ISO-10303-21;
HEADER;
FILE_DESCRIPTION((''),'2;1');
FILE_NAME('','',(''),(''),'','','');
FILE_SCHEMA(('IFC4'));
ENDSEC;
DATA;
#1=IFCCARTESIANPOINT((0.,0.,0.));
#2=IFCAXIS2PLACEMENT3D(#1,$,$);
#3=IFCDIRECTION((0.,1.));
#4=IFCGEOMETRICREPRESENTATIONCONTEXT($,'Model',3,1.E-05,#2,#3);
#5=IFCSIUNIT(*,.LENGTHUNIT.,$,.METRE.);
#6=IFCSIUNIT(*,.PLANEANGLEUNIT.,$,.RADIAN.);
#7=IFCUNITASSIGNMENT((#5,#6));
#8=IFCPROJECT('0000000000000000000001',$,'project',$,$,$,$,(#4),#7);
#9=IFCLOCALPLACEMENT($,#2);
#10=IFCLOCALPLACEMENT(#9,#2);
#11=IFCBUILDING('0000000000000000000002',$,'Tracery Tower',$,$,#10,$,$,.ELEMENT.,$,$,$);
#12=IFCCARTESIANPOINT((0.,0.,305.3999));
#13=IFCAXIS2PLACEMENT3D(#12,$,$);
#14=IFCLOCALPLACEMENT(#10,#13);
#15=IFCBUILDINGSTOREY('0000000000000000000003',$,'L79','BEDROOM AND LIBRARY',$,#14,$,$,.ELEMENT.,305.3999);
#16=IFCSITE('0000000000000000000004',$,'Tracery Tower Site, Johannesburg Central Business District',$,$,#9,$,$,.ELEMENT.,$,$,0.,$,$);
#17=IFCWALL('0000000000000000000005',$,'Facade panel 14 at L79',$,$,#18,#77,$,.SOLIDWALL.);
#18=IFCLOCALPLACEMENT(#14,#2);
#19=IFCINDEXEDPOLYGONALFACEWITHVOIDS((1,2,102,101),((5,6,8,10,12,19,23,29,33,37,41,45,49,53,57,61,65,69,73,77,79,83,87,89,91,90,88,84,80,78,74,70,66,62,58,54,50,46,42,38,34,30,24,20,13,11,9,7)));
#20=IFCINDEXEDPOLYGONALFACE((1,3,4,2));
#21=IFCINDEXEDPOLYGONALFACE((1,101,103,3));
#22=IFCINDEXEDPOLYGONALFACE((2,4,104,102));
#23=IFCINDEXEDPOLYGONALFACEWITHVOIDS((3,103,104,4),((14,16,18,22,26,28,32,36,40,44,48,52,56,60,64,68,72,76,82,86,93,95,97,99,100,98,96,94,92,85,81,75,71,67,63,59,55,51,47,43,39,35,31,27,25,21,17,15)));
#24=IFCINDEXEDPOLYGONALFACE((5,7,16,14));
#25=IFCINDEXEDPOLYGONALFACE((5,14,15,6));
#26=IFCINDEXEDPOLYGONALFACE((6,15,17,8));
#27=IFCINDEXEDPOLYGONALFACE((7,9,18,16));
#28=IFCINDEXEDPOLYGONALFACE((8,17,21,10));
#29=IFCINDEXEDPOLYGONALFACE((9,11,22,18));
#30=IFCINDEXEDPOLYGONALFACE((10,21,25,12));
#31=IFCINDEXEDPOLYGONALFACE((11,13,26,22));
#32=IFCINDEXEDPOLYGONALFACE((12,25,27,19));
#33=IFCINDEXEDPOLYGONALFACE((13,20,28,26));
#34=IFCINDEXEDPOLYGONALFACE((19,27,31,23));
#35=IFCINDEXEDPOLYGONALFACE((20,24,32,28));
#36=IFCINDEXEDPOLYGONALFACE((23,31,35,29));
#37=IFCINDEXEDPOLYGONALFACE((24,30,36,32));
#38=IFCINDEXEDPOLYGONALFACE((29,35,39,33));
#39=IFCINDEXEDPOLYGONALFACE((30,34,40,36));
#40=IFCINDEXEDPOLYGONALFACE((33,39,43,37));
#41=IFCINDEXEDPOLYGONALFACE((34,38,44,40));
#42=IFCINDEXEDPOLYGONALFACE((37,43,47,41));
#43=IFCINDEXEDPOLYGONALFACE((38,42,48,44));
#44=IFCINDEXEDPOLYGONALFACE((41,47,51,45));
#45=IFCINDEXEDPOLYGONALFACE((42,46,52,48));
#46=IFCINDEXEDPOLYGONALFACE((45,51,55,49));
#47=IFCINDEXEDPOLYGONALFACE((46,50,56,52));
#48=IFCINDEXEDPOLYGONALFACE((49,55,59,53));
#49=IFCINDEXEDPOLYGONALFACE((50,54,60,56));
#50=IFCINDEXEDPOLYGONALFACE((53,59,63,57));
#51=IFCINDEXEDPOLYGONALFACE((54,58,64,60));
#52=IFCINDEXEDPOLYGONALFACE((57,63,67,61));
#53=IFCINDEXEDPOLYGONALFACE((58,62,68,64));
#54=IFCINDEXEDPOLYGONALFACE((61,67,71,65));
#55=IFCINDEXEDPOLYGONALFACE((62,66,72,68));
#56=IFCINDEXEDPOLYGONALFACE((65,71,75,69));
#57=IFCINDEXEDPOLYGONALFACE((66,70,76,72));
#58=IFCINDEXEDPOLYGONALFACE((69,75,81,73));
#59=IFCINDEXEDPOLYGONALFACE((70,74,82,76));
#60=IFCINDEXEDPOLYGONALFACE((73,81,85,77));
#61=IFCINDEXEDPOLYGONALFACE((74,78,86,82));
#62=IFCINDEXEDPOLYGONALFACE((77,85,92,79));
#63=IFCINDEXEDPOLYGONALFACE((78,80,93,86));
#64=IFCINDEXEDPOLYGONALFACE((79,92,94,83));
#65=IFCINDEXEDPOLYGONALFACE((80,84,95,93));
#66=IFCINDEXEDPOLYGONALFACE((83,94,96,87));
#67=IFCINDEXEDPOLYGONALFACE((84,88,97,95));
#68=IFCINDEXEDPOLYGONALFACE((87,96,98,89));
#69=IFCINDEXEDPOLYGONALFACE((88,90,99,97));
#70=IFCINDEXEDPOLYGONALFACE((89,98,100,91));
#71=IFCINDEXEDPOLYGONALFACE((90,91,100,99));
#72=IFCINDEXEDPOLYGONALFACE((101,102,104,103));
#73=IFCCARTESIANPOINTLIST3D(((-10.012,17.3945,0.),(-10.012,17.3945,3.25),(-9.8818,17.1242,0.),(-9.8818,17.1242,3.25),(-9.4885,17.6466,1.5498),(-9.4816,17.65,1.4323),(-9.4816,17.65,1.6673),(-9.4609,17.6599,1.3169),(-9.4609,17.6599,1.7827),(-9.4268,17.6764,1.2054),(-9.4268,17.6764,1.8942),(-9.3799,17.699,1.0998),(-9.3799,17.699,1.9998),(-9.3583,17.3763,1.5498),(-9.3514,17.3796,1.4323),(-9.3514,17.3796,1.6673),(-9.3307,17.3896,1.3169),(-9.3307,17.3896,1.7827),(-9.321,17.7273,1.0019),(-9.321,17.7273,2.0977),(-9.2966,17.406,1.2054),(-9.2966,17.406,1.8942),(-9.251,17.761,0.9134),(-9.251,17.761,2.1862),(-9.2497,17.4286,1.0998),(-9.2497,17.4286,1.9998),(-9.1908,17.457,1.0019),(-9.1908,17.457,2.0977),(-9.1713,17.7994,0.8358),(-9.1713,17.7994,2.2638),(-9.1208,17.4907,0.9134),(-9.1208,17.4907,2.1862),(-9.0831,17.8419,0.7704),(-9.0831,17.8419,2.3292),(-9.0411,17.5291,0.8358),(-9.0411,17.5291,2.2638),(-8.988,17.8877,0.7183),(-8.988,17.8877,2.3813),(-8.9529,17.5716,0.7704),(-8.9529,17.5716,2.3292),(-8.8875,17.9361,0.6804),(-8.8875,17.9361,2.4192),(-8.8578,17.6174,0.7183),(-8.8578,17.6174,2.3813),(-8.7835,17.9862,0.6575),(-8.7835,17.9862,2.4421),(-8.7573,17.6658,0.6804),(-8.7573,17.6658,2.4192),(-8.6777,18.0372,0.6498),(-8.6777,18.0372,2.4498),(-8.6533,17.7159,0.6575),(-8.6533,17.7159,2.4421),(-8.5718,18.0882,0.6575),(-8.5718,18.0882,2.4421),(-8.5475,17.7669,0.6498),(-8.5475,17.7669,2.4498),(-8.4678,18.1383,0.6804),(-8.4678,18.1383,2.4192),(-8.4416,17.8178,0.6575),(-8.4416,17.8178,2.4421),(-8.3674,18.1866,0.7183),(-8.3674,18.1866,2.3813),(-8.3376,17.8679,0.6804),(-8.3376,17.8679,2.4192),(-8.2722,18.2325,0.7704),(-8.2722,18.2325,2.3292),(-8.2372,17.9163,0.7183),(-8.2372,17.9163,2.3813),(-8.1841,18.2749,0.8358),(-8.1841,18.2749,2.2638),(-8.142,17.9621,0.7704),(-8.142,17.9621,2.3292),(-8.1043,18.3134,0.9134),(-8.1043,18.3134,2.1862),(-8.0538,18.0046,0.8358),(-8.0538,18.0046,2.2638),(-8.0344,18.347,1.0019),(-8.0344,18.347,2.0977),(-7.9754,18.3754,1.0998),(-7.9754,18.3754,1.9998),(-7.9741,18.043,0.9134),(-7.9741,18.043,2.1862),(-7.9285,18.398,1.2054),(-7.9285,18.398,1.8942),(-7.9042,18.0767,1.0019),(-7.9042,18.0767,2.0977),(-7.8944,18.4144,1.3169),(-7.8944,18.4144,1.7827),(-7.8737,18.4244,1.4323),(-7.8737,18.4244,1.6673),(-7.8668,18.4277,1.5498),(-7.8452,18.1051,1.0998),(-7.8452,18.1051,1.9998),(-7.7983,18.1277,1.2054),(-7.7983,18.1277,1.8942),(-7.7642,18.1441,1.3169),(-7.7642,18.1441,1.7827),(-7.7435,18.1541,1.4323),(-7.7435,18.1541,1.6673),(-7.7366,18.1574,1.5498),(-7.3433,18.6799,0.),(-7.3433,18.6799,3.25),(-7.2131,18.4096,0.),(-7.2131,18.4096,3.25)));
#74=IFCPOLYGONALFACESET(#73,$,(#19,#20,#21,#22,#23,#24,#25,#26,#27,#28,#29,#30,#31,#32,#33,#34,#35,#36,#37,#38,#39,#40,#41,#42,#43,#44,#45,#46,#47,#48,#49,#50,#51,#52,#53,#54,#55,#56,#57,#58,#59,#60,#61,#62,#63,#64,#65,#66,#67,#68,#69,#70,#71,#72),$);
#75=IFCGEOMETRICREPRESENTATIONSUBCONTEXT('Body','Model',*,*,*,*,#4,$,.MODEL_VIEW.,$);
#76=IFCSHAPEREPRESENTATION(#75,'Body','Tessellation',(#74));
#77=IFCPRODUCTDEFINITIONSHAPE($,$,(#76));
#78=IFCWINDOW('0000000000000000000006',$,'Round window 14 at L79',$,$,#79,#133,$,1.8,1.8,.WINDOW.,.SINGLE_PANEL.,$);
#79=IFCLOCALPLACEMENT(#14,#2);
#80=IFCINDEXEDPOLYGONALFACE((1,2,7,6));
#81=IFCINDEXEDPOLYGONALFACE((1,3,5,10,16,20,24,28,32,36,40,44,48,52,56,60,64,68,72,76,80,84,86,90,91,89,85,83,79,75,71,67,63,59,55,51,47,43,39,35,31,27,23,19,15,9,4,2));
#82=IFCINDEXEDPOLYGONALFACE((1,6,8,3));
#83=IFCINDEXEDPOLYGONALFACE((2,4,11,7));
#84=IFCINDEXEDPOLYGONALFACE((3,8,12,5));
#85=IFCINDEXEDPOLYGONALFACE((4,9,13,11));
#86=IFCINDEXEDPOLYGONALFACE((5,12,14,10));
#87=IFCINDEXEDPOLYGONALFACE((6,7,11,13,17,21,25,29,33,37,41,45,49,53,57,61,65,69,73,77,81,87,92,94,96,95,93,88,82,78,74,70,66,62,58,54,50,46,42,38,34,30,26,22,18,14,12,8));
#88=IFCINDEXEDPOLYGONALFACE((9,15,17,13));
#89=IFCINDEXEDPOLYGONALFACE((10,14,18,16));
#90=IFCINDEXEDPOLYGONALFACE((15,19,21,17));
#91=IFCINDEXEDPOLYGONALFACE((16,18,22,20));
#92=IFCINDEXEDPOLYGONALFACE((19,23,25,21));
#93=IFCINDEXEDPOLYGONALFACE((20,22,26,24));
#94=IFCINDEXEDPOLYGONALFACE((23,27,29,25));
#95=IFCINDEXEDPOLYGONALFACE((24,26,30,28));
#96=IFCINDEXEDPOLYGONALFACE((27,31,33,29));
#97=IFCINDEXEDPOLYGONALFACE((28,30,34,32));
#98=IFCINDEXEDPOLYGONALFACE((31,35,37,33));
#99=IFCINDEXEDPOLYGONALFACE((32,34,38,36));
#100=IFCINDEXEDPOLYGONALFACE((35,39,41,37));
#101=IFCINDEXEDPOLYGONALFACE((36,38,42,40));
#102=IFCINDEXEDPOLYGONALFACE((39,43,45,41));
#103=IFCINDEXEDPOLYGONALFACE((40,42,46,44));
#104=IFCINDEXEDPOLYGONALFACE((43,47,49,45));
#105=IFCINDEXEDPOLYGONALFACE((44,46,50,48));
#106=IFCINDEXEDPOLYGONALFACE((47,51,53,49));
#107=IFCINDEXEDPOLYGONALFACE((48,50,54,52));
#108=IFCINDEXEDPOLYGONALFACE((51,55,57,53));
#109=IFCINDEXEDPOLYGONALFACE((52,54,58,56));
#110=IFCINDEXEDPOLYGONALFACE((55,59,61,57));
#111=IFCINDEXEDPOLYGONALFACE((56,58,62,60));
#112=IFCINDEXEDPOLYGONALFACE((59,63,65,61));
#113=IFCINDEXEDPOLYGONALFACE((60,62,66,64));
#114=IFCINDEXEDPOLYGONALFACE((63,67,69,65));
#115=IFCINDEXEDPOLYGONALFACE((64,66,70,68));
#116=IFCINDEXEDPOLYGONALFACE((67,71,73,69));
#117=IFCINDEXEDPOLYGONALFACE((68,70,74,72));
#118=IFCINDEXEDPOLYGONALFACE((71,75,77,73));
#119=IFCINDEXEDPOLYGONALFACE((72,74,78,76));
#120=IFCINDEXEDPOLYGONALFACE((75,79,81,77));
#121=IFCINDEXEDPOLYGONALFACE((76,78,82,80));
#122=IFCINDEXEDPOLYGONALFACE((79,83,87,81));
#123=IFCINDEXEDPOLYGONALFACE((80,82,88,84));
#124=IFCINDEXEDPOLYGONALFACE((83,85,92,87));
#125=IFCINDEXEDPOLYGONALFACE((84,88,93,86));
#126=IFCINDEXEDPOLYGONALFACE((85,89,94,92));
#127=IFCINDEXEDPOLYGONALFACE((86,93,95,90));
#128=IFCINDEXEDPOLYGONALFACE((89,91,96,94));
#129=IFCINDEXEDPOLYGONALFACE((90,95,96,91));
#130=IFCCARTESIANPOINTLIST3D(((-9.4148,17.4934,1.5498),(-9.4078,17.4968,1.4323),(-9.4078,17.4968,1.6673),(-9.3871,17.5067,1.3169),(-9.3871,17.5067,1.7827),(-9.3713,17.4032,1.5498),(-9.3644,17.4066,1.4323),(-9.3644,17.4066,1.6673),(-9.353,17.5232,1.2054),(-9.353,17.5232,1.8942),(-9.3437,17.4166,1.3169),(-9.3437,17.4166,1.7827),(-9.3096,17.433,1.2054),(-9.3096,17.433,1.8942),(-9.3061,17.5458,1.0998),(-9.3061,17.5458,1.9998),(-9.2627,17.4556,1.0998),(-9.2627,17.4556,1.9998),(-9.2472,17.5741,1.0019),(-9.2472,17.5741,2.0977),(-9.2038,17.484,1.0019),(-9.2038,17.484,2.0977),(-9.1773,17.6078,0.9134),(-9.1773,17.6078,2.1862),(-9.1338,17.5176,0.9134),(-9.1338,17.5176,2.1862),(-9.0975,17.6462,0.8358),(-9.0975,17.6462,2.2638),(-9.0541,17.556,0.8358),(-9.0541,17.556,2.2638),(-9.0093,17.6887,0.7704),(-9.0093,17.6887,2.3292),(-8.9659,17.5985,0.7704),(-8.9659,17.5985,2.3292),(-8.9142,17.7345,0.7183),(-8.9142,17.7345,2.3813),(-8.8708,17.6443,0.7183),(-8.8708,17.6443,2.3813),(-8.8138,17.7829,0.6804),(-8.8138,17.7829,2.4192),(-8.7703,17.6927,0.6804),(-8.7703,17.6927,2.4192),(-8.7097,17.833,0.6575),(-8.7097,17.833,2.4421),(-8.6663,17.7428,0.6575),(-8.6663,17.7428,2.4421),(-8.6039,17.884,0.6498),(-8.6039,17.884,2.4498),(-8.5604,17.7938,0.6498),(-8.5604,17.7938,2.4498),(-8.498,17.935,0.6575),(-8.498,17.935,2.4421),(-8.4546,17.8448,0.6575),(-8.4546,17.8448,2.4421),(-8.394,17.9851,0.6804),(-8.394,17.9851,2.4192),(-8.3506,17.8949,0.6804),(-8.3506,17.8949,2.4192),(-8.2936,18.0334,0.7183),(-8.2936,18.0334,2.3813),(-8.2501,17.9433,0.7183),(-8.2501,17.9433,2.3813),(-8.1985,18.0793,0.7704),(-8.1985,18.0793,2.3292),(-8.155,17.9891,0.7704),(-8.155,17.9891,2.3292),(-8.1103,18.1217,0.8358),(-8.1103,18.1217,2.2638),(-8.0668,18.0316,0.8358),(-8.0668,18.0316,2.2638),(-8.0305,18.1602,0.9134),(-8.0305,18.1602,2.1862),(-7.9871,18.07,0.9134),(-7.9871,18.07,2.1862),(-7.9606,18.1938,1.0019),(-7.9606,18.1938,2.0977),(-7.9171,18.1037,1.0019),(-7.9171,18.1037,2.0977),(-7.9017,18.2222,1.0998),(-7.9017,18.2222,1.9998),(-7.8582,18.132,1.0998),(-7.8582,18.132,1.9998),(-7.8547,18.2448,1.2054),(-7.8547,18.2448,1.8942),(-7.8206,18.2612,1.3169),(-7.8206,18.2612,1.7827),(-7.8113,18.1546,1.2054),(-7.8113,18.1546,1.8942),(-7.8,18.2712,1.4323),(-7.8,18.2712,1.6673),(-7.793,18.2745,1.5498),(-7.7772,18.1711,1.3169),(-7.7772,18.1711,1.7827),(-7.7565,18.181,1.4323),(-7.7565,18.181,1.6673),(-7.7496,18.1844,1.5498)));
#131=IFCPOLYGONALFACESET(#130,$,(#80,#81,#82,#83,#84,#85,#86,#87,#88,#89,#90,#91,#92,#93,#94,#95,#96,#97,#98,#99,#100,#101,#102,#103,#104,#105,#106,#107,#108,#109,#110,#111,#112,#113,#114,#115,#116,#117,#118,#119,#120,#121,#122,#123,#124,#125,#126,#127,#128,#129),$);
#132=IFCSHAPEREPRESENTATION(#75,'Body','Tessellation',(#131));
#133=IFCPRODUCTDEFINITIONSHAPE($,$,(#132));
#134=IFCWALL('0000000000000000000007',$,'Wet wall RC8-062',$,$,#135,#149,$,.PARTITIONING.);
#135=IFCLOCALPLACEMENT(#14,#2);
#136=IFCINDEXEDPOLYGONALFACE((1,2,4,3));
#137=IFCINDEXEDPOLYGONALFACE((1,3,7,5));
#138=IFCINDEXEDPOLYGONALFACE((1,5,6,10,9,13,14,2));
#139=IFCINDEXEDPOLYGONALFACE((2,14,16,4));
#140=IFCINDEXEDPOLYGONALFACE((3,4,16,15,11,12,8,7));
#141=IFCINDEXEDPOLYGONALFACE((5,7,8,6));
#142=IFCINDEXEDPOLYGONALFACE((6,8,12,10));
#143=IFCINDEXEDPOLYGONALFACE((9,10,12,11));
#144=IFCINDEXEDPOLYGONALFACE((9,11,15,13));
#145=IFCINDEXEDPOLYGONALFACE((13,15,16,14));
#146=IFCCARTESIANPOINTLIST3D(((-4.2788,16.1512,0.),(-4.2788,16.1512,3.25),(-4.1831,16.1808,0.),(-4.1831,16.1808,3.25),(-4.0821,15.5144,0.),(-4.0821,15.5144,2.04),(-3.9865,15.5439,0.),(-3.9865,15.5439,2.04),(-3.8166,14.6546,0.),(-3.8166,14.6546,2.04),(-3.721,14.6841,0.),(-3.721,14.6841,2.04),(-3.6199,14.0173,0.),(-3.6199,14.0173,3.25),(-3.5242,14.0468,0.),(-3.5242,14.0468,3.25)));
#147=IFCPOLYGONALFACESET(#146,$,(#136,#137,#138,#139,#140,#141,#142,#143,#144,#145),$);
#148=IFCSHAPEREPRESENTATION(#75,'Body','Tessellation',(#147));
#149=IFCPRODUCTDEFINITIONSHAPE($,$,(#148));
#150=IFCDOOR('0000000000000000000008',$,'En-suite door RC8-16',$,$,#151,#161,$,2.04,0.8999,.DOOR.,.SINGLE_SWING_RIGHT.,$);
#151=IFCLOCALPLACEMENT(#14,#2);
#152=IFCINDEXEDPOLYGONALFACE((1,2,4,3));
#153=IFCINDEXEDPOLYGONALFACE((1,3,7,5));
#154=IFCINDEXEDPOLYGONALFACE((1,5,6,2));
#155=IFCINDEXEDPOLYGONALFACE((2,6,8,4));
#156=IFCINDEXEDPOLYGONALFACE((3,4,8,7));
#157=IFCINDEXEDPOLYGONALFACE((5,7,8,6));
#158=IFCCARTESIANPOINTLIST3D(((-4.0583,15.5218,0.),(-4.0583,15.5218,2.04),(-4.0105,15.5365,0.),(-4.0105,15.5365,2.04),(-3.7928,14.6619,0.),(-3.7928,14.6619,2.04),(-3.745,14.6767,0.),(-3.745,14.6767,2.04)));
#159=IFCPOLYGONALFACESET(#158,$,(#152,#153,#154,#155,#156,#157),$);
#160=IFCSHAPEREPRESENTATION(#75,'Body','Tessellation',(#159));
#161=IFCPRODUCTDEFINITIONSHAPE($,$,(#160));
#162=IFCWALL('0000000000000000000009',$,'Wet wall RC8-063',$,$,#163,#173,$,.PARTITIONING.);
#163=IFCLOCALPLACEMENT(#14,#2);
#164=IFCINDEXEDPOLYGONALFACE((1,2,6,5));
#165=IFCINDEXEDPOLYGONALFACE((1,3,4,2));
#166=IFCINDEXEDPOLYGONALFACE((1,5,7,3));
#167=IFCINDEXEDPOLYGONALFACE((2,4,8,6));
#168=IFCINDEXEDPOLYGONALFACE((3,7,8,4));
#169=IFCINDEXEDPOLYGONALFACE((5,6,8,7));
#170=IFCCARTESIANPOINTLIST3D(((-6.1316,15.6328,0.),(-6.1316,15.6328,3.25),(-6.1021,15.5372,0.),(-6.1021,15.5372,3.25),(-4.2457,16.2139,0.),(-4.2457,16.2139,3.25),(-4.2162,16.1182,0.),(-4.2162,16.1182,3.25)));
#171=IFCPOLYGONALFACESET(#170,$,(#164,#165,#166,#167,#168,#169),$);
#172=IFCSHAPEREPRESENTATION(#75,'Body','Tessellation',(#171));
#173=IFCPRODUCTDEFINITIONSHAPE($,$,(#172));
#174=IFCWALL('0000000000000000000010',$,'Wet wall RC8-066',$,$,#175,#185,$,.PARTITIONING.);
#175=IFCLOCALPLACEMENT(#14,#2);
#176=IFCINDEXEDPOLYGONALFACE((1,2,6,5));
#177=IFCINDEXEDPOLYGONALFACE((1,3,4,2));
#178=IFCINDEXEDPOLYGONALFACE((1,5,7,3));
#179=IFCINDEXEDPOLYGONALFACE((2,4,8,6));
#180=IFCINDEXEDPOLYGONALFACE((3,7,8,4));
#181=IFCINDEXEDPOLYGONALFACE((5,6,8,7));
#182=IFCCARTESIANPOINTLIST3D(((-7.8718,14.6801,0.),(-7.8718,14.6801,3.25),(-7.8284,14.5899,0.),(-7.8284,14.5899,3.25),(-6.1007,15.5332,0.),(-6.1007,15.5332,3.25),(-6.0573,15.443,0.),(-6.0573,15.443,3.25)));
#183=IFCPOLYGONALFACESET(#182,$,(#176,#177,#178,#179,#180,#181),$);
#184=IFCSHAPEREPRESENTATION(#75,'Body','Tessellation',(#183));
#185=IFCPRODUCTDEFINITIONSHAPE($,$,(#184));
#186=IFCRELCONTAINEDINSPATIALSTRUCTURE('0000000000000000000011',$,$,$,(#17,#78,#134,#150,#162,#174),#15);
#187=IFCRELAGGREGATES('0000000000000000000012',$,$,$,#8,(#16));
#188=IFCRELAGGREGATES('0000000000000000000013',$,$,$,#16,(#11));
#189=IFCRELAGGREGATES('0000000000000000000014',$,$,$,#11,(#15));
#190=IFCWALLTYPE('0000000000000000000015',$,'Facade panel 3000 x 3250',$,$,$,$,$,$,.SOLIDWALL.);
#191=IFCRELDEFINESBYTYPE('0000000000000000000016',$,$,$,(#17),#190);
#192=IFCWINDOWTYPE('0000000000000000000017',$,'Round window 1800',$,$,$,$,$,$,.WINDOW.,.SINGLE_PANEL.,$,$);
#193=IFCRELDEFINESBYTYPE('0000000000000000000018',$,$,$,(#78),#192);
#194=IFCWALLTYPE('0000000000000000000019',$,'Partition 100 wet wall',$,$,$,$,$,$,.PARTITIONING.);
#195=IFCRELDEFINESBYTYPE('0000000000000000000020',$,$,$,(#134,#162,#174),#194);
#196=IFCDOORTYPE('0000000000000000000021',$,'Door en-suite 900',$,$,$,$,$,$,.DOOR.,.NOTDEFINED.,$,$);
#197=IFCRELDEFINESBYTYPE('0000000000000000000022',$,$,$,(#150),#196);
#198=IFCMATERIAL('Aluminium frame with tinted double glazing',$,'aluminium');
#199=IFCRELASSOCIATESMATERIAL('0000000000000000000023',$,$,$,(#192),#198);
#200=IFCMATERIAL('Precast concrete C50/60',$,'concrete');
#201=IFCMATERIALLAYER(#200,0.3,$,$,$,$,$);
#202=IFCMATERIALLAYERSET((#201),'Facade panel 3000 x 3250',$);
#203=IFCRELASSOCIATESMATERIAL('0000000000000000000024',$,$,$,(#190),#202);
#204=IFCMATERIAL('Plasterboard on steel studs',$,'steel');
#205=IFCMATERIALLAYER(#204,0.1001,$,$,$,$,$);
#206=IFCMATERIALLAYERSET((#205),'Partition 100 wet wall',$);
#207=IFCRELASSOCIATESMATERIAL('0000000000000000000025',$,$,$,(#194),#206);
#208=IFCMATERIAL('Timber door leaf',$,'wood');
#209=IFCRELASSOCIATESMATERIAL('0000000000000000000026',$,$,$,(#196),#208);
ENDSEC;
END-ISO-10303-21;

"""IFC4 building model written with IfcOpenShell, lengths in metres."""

from ifc_helpers import new_model, si_unit, direction, frame, frame_2d, origin, origin_2d, place, context, subcontext, project, spatial, rectangle, circle, extrude, material, layer, layer_set, type_object, element, fill, save


model = new_model("IFC4")

# Units and contexts
model_context = context("Model", 3, precision=1e-05, world=origin(), true_north=direction((0.0, 1.0)))
body_context = subcontext(model_context, "Body", "Model", "MODEL_VIEW")
ifc_project = project(units=[si_unit("LENGTHUNIT", "METRE"), si_unit("PLANEANGLEUNIT", "RADIAN")], contexts=[model_context])

# Site, building, storey
site_placement = place(None, origin())
site = spatial("IfcSite", under=ifc_project, at=site_placement, Name="Tracery Tower Site, Johannesburg Central Business District", CompositionType="ELEMENT", RefElevation=0.0)
building_placement = place(site_placement, origin())
building = spatial("IfcBuilding", under=site, at=building_placement, Name="Tracery Tower", CompositionType="ELEMENT")
storey_placement = place(building_placement, frame((0.0, 0.0, 305.3999)))
storey = spatial("IfcBuildingStorey", under=building, at=storey_placement, Name="L79", Description="BEDROOM AND LIBRARY", CompositionType="ELEMENT", Elevation=305.3999)

# Wall, opening, window
ifc_material_1 = material(Name="Aluminium frame with tinted double glazing", Category="aluminium")
window_type = type_object("IfcWindowType", Name="Round window 1800", PartitioningType="SINGLE_PANEL", PredefinedType="WINDOW", material=ifc_material_1)
ifc_material_2 = material(Name="Precast concrete C50/60", Category="concrete")
ifc_layer_1 = layer(ifc_material_2, 0.3)
ifc_layer_set_1 = layer_set([ifc_layer_1], Name="Facade panel 3000 x 3250")
wall_type_1 = type_object("IfcWallType", Name="Facade panel 3000 x 3250", PredefinedType="SOLIDWALL", material=ifc_layer_set_1)
wall_1_placement = place(storey_placement, frame((-7.2783, 18.5447, 0.0), z_axis=(0.0, 0.0, 1.0), x_axis=(-0.90094, -0.433944, 0.0)))
wall_1 = element("IfcWall", 1, at=wall_1_placement, inside=storey, type_object=wall_type_1, Name="Facade panel 14 at L79", PredefinedType="SOLIDWALL", context=body_context, shape_type="SweptSolid", body=[
    extrude(rectangle(XDim=2.9622, YDim=0.3, at=frame_2d((1.481, 0.0))), origin(), (0.0, 0.0, 1.0), 3.25),
])
opening_1_placement = place(wall_1_placement, frame((1.481, 0.0, 1.5498)))
opening_1 = element("IfcOpeningElement", 2, at=opening_1_placement, cuts=wall_1, PredefinedType="OPENING", context=body_context, shape_type="SweptSolid", body=[
    extrude(circle(Radius=0.9, at=origin_2d()), frame((0.0, 0.1599, 0.0), z_axis=(0.0, -1.0, 0.0), x_axis=(1.0, 0.0, 0.0)), (0.0, 0.0, 1.0), 0.3201),
])
window_1_placement = place(opening_1_placement, origin())
window_1 = element("IfcWindow", 3, at=window_1_placement, inside=storey, type_object=window_type, Name="Round window 14 at L79", OverallHeight=1.8, OverallWidth=1.8, PartitioningType="SINGLE_PANEL", PredefinedType="WINDOW", context=body_context, shape_type="SweptSolid", body=[
    extrude(circle(Radius=0.9, at=origin_2d()), frame((0.0, 0.1201, 0.0), z_axis=(0.0, -1.0, 0.0), x_axis=(1.0, 0.0, 0.0)), (0.0, 0.0, 1.0), 0.1001),
])
fill(opening_1, window_1)

# Wall, opening, door
ifc_material_3 = material(Name="Plasterboard on steel studs", Category="steel")
ifc_layer_2 = layer(ifc_material_3, 0.1001)
ifc_layer_set_2 = layer_set([ifc_layer_2], Name="Partition 100 wet wall")
wall_type_2 = type_object("IfcWallType", Name="Partition 100 wet wall", PredefinedType="PARTITIONING", material=ifc_layer_set_2)
wall_2_placement = place(storey_placement, frame((-4.231, 16.166, 0.0), z_axis=(0.0, 0.0, 1.0), x_axis=(0.295031, -0.955488, 0.0)))
wall_2 = element("IfcWall", 4, at=wall_2_placement, inside=storey, type_object=wall_type_2, Name="Wet wall RC8-062", PredefinedType="PARTITIONING", context=body_context, shape_type="SweptSolid", body=[
    extrude(rectangle(XDim=2.2334, YDim=0.1001, at=frame_2d((1.1167, 0.0))), origin(), (0.0, 0.0, 1.0), 3.25),
])
opening_2_placement = place(wall_2_placement, frame((0.6665, 0.0, 0.0)))
opening_2 = element("IfcOpeningElement", 5, at=opening_2_placement, cuts=wall_2, PredefinedType="OPENING", context=body_context, shape_type="SweptSolid", body=[
    extrude(rectangle(XDim=0.8999, YDim=2.04, at=frame_2d((0.45, 1.02))), frame((0.0, 0.05, 0.0), z_axis=(0.0, -1.0, 0.0), x_axis=(1.0, 0.0, 0.0)), (0.0, 0.0, 1.0), 0.1001),
])
ifc_material_4 = material(Name="Timber door leaf", Category="wood")
door_type = type_object("IfcDoorType", Name="Door en-suite 900", OperationType="NOTDEFINED", PredefinedType="DOOR", material=ifc_material_4)
door_1_placement = place(opening_2_placement, origin())
door_1 = element("IfcDoor", 6, at=door_1_placement, inside=storey, type_object=door_type, Name="En-suite door RC8-16", OperationType="SINGLE_SWING_RIGHT", OverallHeight=2.04, OverallWidth=0.8999, PredefinedType="DOOR", context=body_context, shape_type="SweptSolid", body=[
    extrude(rectangle(XDim=0.8999, YDim=2.04, at=frame_2d((0.45, 1.02))), frame((0.0, 0.0249, 0.0), z_axis=(0.0, -1.0, 0.0), x_axis=(1.0, 0.0, 0.0)), (0.0, 0.0, 1.0), 0.05),
])
fill(opening_2, door_1)

# Walls
wall_3_placement = place(storey_placement, frame((-6.1169, 15.585, 0.0), z_axis=(0.0, 0.0, 1.0), x_axis=(0.955672, 0.294434, 0.0)))
element("IfcWall", 7, at=wall_3_placement, inside=storey, type_object=wall_type_2, Name="Wet wall RC8-063", PredefinedType="PARTITIONING", context=body_context, shape_type="SweptSolid", body=[
    extrude(rectangle(XDim=1.9734, YDim=0.1001, at=frame_2d((0.9868, 0.0))), origin(), (0.0, 0.0, 1.0), 3.25),
])
wall_4_placement = place(storey_placement, frame((-7.8501, 14.635, 0.0), z_axis=(0.0, 0.0, 1.0), x_axis=(0.900937, 0.43395, 0.0)))
element("IfcWall", 8, at=wall_4_placement, inside=storey, type_object=wall_type_2, Name="Wet wall RC8-066", PredefinedType="PARTITIONING", context=body_context, shape_type="SweptSolid", body=[
    extrude(rectangle(XDim=1.9658, YDim=0.1001, at=frame_2d((0.9829, 0.0))), origin(), (0.0, 0.0, 1.0), 3.25),
])

save(model, "model.ifc")
